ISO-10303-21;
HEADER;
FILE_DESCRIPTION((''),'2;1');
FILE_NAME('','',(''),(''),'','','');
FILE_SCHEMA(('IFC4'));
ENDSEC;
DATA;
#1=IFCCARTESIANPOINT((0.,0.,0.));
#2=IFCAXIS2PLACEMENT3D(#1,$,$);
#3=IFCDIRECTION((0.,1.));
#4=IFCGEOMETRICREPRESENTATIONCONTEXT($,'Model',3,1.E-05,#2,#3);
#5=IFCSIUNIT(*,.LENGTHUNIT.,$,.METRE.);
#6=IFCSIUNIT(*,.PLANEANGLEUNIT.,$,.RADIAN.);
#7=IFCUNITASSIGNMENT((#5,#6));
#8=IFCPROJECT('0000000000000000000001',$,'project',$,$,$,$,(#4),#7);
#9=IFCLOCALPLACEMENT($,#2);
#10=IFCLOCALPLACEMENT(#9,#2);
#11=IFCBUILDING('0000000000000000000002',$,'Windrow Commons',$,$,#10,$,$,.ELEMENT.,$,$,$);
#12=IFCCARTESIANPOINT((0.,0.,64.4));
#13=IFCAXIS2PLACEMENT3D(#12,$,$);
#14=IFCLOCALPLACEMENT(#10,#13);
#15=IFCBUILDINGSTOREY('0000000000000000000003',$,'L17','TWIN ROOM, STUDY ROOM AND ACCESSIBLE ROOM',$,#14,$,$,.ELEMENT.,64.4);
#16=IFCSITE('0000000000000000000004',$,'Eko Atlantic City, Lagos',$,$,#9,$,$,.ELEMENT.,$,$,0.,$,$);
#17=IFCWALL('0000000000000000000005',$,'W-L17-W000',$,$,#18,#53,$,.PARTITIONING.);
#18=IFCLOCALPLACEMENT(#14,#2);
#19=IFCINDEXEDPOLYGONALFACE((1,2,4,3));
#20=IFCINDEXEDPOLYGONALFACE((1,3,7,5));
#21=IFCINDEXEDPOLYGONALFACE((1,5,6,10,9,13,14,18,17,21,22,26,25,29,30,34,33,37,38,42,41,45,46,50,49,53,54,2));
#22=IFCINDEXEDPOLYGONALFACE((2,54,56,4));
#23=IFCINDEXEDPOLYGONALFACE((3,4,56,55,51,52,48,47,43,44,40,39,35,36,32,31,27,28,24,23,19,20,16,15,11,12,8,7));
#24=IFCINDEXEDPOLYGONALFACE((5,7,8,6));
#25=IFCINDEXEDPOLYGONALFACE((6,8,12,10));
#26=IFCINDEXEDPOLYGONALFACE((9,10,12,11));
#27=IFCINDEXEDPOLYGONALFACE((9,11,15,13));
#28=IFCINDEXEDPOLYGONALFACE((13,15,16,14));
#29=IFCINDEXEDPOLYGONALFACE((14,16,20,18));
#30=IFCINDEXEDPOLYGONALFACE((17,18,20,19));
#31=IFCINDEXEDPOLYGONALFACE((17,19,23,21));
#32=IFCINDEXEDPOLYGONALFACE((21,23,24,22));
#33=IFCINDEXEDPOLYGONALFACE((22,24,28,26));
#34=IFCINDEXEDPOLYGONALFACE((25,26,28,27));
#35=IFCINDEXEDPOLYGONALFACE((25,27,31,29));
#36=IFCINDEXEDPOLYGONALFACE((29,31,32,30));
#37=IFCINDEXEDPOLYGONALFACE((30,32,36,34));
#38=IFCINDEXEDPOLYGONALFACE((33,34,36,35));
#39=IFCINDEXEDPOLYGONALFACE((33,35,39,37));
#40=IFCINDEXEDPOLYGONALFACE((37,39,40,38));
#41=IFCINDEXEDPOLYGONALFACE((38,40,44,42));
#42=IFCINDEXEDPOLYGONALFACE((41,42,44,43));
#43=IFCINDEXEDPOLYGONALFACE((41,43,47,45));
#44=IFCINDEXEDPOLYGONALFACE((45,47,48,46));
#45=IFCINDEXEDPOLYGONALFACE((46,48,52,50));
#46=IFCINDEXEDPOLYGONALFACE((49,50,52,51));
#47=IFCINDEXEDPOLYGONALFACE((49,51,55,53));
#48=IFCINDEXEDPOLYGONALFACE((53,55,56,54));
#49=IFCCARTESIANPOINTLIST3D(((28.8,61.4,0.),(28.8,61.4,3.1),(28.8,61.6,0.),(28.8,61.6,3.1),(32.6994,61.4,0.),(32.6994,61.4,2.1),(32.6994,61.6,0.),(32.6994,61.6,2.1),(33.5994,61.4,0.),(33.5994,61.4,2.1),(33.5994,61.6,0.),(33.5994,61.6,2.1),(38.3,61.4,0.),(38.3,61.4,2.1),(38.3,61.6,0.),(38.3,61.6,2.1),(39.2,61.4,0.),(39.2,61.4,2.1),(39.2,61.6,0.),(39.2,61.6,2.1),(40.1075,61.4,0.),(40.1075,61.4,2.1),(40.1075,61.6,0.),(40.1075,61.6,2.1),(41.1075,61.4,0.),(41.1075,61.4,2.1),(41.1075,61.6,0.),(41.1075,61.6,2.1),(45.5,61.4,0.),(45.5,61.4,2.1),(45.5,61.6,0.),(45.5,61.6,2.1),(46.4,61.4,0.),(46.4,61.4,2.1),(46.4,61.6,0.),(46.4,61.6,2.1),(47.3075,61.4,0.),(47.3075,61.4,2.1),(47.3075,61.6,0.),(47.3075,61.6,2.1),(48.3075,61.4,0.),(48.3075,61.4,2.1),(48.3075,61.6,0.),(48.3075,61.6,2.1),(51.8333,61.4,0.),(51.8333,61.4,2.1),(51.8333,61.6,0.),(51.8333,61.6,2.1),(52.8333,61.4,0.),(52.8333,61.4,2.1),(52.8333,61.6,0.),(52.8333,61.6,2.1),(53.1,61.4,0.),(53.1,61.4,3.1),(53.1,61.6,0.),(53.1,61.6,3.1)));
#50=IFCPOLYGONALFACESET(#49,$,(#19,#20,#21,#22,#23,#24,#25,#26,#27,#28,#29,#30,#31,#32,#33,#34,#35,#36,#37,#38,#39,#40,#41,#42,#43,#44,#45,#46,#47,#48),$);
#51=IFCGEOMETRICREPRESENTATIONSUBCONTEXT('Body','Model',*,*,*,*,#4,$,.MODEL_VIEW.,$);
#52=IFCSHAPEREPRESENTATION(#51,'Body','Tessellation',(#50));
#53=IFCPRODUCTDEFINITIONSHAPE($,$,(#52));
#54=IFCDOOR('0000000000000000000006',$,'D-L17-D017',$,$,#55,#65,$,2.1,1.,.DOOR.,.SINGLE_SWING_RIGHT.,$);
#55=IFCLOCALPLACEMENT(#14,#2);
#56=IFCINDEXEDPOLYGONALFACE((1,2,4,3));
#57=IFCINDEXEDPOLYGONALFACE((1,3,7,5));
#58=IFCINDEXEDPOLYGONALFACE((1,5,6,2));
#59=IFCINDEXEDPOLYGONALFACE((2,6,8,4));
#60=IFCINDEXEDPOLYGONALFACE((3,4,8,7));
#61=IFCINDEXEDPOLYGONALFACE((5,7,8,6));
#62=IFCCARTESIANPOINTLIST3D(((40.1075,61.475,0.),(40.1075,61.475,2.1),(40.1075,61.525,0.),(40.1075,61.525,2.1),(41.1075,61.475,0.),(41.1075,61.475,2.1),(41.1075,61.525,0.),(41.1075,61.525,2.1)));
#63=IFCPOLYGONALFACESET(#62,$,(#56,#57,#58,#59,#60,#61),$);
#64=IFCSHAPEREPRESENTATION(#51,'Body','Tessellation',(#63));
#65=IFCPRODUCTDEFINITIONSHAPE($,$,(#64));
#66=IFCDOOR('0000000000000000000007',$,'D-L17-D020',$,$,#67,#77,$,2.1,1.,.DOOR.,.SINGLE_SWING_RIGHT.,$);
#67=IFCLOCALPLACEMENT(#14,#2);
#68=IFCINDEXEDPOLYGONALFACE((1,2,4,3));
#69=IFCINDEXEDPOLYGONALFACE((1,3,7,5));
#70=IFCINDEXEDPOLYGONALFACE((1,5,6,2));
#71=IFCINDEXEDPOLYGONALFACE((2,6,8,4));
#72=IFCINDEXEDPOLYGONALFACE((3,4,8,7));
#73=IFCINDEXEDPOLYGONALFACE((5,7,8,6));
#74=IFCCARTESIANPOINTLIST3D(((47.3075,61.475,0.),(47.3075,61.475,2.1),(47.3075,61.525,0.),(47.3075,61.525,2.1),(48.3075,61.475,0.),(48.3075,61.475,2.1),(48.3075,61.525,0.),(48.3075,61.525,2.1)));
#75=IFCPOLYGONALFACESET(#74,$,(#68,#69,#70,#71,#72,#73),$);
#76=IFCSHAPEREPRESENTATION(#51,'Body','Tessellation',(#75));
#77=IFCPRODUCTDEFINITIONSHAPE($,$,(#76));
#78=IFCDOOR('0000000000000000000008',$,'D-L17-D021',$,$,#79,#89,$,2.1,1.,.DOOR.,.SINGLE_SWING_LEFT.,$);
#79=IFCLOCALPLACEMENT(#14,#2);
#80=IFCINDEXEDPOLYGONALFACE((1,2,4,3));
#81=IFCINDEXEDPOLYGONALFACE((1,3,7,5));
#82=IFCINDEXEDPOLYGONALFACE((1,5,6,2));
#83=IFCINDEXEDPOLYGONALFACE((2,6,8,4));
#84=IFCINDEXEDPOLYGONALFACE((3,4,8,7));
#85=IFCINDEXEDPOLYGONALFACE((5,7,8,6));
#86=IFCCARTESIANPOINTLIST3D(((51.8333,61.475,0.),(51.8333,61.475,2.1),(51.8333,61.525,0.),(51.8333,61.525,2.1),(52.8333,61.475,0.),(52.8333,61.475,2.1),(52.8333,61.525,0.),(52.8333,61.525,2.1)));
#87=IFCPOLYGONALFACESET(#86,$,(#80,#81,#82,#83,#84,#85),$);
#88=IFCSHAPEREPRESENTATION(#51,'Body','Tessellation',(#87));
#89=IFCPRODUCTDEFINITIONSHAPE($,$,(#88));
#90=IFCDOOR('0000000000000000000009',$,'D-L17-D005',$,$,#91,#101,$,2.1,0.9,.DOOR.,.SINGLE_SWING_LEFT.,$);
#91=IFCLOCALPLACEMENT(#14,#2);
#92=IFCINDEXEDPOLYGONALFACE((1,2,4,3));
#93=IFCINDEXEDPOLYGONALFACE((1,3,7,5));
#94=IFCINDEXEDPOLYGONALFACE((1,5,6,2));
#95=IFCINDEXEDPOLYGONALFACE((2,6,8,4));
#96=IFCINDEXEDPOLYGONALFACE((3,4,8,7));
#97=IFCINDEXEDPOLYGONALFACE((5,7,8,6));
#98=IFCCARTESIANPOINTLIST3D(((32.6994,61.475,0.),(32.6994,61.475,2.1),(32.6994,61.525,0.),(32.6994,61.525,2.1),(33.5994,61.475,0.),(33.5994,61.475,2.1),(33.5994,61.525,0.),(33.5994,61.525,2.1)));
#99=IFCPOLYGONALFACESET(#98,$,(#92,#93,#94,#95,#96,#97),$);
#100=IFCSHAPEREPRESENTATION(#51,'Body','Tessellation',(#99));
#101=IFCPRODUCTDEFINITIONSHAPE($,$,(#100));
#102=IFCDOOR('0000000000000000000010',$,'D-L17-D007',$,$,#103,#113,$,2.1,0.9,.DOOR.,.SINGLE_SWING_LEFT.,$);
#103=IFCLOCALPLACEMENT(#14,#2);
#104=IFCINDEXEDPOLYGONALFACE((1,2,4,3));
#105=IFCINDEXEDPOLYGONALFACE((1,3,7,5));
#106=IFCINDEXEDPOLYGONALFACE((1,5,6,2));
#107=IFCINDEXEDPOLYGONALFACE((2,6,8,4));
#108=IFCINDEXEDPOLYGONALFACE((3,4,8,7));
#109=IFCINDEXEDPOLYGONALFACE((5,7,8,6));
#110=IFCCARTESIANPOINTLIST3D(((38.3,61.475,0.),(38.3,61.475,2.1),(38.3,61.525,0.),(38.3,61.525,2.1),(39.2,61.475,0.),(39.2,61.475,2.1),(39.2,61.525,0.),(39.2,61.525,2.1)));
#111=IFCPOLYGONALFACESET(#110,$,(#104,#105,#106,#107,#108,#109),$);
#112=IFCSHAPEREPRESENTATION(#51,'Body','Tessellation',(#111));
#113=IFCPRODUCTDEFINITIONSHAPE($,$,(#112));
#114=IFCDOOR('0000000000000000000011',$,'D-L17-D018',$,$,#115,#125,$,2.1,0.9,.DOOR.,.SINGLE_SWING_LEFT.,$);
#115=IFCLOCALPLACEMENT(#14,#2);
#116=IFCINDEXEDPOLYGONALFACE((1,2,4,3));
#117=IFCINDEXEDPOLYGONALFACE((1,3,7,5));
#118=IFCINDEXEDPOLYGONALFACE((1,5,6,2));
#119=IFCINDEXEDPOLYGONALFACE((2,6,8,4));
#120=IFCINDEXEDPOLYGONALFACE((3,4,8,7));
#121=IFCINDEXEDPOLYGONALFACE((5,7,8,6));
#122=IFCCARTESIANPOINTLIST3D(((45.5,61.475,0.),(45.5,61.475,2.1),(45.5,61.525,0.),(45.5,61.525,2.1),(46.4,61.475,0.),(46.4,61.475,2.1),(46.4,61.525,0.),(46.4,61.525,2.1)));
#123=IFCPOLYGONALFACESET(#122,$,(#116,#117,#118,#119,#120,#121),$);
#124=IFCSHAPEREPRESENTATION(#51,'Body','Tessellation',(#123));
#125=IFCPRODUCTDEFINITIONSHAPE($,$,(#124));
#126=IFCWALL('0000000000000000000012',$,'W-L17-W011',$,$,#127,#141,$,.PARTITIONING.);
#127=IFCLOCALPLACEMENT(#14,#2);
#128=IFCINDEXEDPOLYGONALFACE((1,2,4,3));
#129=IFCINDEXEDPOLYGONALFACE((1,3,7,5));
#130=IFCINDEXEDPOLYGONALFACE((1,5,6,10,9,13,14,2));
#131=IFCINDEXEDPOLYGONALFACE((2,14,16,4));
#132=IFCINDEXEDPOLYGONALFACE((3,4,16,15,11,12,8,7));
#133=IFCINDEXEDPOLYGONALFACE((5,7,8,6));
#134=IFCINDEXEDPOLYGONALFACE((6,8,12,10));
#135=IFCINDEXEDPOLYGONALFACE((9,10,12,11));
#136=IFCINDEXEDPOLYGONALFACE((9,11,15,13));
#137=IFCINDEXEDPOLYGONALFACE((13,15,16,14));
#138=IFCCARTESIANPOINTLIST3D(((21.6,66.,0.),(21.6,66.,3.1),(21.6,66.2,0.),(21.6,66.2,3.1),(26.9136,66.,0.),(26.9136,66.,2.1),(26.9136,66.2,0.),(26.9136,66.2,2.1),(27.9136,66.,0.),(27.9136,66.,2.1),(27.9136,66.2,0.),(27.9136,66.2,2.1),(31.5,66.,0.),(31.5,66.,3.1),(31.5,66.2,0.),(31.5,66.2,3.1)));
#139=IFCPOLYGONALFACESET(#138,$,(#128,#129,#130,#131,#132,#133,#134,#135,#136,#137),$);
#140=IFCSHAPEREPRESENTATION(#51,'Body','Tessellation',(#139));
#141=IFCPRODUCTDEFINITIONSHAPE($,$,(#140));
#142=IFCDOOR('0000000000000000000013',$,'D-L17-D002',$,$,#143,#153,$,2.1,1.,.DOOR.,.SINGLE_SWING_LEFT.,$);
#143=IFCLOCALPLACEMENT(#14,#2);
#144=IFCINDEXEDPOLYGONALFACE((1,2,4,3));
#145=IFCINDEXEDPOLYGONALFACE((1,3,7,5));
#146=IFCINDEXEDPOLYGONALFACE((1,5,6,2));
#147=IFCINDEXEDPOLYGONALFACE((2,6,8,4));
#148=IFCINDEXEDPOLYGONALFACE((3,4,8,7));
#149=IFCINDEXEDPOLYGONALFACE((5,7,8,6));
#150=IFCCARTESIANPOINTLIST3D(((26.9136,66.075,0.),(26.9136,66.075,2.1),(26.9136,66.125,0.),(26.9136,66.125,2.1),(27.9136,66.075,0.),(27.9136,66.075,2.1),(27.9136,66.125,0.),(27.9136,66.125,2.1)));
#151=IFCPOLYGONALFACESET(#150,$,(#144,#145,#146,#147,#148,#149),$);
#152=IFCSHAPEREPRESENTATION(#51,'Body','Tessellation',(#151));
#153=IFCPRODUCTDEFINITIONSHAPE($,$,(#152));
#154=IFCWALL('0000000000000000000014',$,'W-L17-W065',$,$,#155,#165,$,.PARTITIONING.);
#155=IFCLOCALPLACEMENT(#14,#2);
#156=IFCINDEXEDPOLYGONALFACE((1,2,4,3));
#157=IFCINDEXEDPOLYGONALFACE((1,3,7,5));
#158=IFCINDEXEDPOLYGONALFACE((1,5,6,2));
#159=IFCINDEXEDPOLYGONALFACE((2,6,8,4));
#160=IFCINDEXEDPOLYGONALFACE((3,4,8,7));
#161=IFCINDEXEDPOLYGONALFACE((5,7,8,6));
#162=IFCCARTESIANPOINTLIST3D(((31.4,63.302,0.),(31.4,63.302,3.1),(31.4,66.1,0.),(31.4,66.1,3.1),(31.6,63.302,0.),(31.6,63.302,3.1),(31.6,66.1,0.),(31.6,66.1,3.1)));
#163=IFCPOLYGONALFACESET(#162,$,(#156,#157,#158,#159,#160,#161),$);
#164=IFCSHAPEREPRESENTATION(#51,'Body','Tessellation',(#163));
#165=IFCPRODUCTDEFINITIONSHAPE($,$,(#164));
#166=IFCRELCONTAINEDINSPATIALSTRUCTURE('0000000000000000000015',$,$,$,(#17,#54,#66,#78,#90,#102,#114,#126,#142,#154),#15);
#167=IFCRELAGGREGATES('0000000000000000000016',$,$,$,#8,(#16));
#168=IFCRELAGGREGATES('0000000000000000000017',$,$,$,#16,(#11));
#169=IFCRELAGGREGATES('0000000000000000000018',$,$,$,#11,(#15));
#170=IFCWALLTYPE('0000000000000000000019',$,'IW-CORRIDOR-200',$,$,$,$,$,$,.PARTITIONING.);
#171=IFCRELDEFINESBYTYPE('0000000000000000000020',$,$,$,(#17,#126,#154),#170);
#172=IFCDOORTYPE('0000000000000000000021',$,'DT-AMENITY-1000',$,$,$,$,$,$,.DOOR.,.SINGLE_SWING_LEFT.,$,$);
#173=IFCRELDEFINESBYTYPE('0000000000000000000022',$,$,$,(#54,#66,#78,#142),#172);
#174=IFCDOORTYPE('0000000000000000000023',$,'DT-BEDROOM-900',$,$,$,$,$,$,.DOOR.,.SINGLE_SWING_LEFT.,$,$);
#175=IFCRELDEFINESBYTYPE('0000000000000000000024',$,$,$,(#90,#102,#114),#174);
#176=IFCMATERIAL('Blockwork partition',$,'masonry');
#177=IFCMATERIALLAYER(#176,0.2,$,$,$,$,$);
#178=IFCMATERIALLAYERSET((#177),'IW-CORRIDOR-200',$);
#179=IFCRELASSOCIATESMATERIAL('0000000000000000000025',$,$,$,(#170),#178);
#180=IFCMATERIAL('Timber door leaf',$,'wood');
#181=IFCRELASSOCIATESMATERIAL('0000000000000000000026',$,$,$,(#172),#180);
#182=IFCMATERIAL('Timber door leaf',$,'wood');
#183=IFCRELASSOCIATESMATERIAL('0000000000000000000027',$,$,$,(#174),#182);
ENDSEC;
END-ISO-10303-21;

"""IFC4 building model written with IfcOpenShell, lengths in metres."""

from ifc_helpers import new_model, si_unit, direction, frame, frame_2d, origin, place, context, subcontext, project, spatial, rectangle, extrude, material, layer, layer_set, type_object, element, fill, save


model = new_model("IFC4")

# Units and contexts
model_context = context("Model", 3, precision=1e-05, world=origin(), true_north=direction((0.0, 1.0)))
body_context = subcontext(model_context, "Body", "Model", "MODEL_VIEW")
ifc_project = project(units=[si_unit("LENGTHUNIT", "METRE"), si_unit("PLANEANGLEUNIT", "RADIAN")], contexts=[model_context])

# Site, building, storey
site_placement = place(None, origin())
site = spatial("IfcSite", under=ifc_project, at=site_placement, Name="Eko Atlantic City, Lagos", CompositionType="ELEMENT", RefElevation=0.0)
building_placement = place(site_placement, origin())
building = spatial("IfcBuilding", under=site, at=building_placement, Name="Windrow Commons", CompositionType="ELEMENT")
storey_placement = place(building_placement, frame((0.0, 0.0, 64.4)))
storey = spatial("IfcBuildingStorey", under=building, at=storey_placement, Name="L17", Description="TWIN ROOM, STUDY ROOM AND ACCESSIBLE ROOM", CompositionType="ELEMENT", Elevation=64.4)

# Wall, openings, doors
ifc_material_1 = material(Name="Blockwork partition", Category="masonry")
ifc_layer_1 = layer(ifc_material_1, 0.2)
ifc_layer_set_1 = layer_set([ifc_layer_1], Name="IW-CORRIDOR-200")
wall_type_1 = type_object("IfcWallType", Name="IW-CORRIDOR-200", PredefinedType="PARTITIONING", material=ifc_layer_set_1)
wall_1_placement = place(storey_placement, frame((28.8, 61.5, 0.0), z_axis=(0.0, 0.0, 1.0), x_axis=(1.0, 0.0, 0.0)))
wall_1 = element("IfcWall", 1, at=wall_1_placement, inside=storey, type_object=wall_type_1, Name="W-L17-W000", PredefinedType="PARTITIONING", context=body_context, shape_type="SweptSolid", body=[
    extrude(rectangle(XDim=24.3, YDim=0.2, at=frame_2d((12.15, 0.0))), origin(), (0.0, 0.0, 1.0), 3.1),
])
opening_1_placement = place(wall_1_placement, frame((3.8994, 0.0, 0.0)))
opening_1 = element("IfcOpeningElement", 2, at=opening_1_placement, cuts=wall_1, PredefinedType="OPENING", context=body_context, shape_type="SweptSolid", body=[
    extrude(rectangle(XDim=0.9, YDim=2.1, at=frame_2d((0.45, 1.05))), frame((0.0, 0.11, 0.0), z_axis=(0.0, -1.0, 0.0), x_axis=(1.0, 0.0, 0.0)), (0.0, 0.0, 1.0), 0.22),
])
opening_2_placement = place(wall_1_placement, frame((9.5, 0.0, 0.0)))
opening_2 = element("IfcOpeningElement", 3, at=opening_2_placement, cuts=wall_1, PredefinedType="OPENING", context=body_context, shape_type="SweptSolid", body=[
    extrude(rectangle(XDim=0.9, YDim=2.1, at=frame_2d((0.45, 1.05))), frame((0.0, 0.11, 0.0), z_axis=(0.0, -1.0, 0.0), x_axis=(1.0, 0.0, 0.0)), (0.0, 0.0, 1.0), 0.22),
])
opening_3_placement = place(wall_1_placement, frame((11.3075, 0.0, 0.0)))
opening_3 = element("IfcOpeningElement", 4, at=opening_3_placement, cuts=wall_1, PredefinedType="OPENING", context=body_context, shape_type="SweptSolid", body=[
    extrude(rectangle(XDim=1.0, YDim=2.1, at=frame_2d((0.5, 1.05))), frame((0.0, 0.11, 0.0), z_axis=(0.0, -1.0, 0.0), x_axis=(1.0, 0.0, 0.0)), (0.0, 0.0, 1.0), 0.22),
])
opening_4_placement = place(wall_1_placement, frame((16.7, 0.0, 0.0)))
opening_4 = element("IfcOpeningElement", 5, at=opening_4_placement, cuts=wall_1, PredefinedType="OPENING", context=body_context, shape_type="SweptSolid", body=[
    extrude(rectangle(XDim=0.9, YDim=2.1, at=frame_2d((0.45, 1.05))), frame((0.0, 0.11, 0.0), z_axis=(0.0, -1.0, 0.0), x_axis=(1.0, 0.0, 0.0)), (0.0, 0.0, 1.0), 0.22),
])
opening_5_placement = place(wall_1_placement, frame((18.5075, 0.0, 0.0)))
opening_5 = element("IfcOpeningElement", 6, at=opening_5_placement, cuts=wall_1, PredefinedType="OPENING", context=body_context, shape_type="SweptSolid", body=[
    extrude(rectangle(XDim=1.0, YDim=2.1, at=frame_2d((0.5, 1.05))), frame((0.0, 0.11, 0.0), z_axis=(0.0, -1.0, 0.0), x_axis=(1.0, 0.0, 0.0)), (0.0, 0.0, 1.0), 0.22),
])
opening_6_placement = place(wall_1_placement, frame((23.0333, 0.0, 0.0)))
opening_6 = element("IfcOpeningElement", 7, at=opening_6_placement, cuts=wall_1, PredefinedType="OPENING", context=body_context, shape_type="SweptSolid", body=[
    extrude(rectangle(XDim=1.0, YDim=2.1, at=frame_2d((0.5, 1.05))), frame((0.0, 0.11, 0.0), z_axis=(0.0, -1.0, 0.0), x_axis=(1.0, 0.0, 0.0)), (0.0, 0.0, 1.0), 0.22),
])
ifc_material_2 = material(Name="Timber door leaf", Category="wood")
door_type_1 = type_object("IfcDoorType", Name="DT-AMENITY-1000", OperationType="SINGLE_SWING_LEFT", PredefinedType="DOOR", material=ifc_material_2)
door_1_placement = place(opening_3_placement, origin())
door_1 = element("IfcDoor", 8, at=door_1_placement, inside=storey, type_object=door_type_1, Name="D-L17-D017", OperationType="SINGLE_SWING_RIGHT", OverallHeight=2.1, OverallWidth=1.0, PredefinedType="DOOR", context=body_context, shape_type="SweptSolid", body=[
    extrude(rectangle(XDim=1.0, YDim=2.1, at=frame_2d((0.5, 1.05))), frame((0.0, 0.025, 0.0), z_axis=(0.0, -1.0, 0.0), x_axis=(1.0, 0.0, 0.0)), (0.0, 0.0, 1.0), 0.05),
])
fill(opening_3, door_1)
door_2_placement = place(opening_5_placement, origin())
door_2 = element("IfcDoor", 9, at=door_2_placement, inside=storey, type_object=door_type_1, Name="D-L17-D020", OperationType="SINGLE_SWING_RIGHT", OverallHeight=2.1, OverallWidth=1.0, PredefinedType="DOOR", context=body_context, shape_type="SweptSolid", body=[
    extrude(rectangle(XDim=1.0, YDim=2.1, at=frame_2d((0.5, 1.05))), frame((0.0, 0.025, 0.0), z_axis=(0.0, -1.0, 0.0), x_axis=(1.0, 0.0, 0.0)), (0.0, 0.0, 1.0), 0.05),
])
fill(opening_5, door_2)
door_3_placement = place(opening_6_placement, origin())
door_3 = element("IfcDoor", 10, at=door_3_placement, inside=storey, type_object=door_type_1, Name="D-L17-D021", OperationType="SINGLE_SWING_LEFT", OverallHeight=2.1, OverallWidth=1.0, PredefinedType="DOOR", context=body_context, shape_type="SweptSolid", body=[
    extrude(rectangle(XDim=1.0, YDim=2.1, at=frame_2d((0.5, 1.05))), frame((0.0, 0.025, 0.0), z_axis=(0.0, -1.0, 0.0), x_axis=(1.0, 0.0, 0.0)), (0.0, 0.0, 1.0), 0.05),
])
fill(opening_6, door_3)
ifc_material_3 = material(Name="Timber door leaf", Category="wood")
door_type_2 = type_object("IfcDoorType", Name="DT-BEDROOM-900", OperationType="SINGLE_SWING_LEFT", PredefinedType="DOOR", material=ifc_material_3)
door_4_placement = place(opening_1_placement, origin())
door_4 = element("IfcDoor", 11, at=door_4_placement, inside=storey, type_object=door_type_2, Name="D-L17-D005", OperationType="SINGLE_SWING_LEFT", OverallHeight=2.1, OverallWidth=0.9, PredefinedType="DOOR", context=body_context, shape_type="SweptSolid", body=[
    extrude(rectangle(XDim=0.9, YDim=2.1, at=frame_2d((0.45, 1.05))), frame((0.0, 0.025, 0.0), z_axis=(0.0, -1.0, 0.0), x_axis=(1.0, 0.0, 0.0)), (0.0, 0.0, 1.0), 0.05),
])
fill(opening_1, door_4)
door_5_placement = place(opening_2_placement, origin())
door_5 = element("IfcDoor", 12, at=door_5_placement, inside=storey, type_object=door_type_2, Name="D-L17-D007", OperationType="SINGLE_SWING_LEFT", OverallHeight=2.1, OverallWidth=0.9, PredefinedType="DOOR", context=body_context, shape_type="SweptSolid", body=[
    extrude(rectangle(XDim=0.9, YDim=2.1, at=frame_2d((0.45, 1.05))), frame((0.0, 0.025, 0.0), z_axis=(0.0, -1.0, 0.0), x_axis=(1.0, 0.0, 0.0)), (0.0, 0.0, 1.0), 0.05),
])
fill(opening_2, door_5)
door_6_placement = place(opening_4_placement, origin())
door_6 = element("IfcDoor", 13, at=door_6_placement, inside=storey, type_object=door_type_2, Name="D-L17-D018", OperationType="SINGLE_SWING_LEFT", OverallHeight=2.1, OverallWidth=0.9, PredefinedType="DOOR", context=body_context, shape_type="SweptSolid", body=[
    extrude(rectangle(XDim=0.9, YDim=2.1, at=frame_2d((0.45, 1.05))), frame((0.0, 0.025, 0.0), z_axis=(0.0, -1.0, 0.0), x_axis=(1.0, 0.0, 0.0)), (0.0, 0.0, 1.0), 0.05),
])
fill(opening_4, door_6)

# Wall, opening, door
wall_2_placement = place(storey_placement, frame((21.6, 66.1, 0.0), z_axis=(0.0, 0.0, 1.0), x_axis=(1.0, 0.0, 0.0)))
wall_2 = element("IfcWall", 14, at=wall_2_placement, inside=storey, type_object=wall_type_1, Name="W-L17-W011", PredefinedType="PARTITIONING", context=body_context, shape_type="SweptSolid", body=[
    extrude(rectangle(XDim=9.9, YDim=0.2, at=frame_2d((4.95, 0.0))), origin(), (0.0, 0.0, 1.0), 3.1),
])
opening_7_placement = place(wall_2_placement, frame((5.3136, 0.0, 0.0)))
opening_7 = element("IfcOpeningElement", 15, at=opening_7_placement, cuts=wall_2, PredefinedType="OPENING", context=body_context, shape_type="SweptSolid", body=[
    extrude(rectangle(XDim=1.0, YDim=2.1, at=frame_2d((0.5, 1.05))), frame((0.0, 0.11, 0.0), z_axis=(0.0, -1.0, 0.0), x_axis=(1.0, 0.0, 0.0)), (0.0, 0.0, 1.0), 0.22),
])
door_7_placement = place(opening_7_placement, origin())
door_7 = element("IfcDoor", 16, at=door_7_placement, inside=storey, type_object=door_type_1, Name="D-L17-D002", OperationType="SINGLE_SWING_LEFT", OverallHeight=2.1, OverallWidth=1.0, PredefinedType="DOOR", context=body_context, shape_type="SweptSolid", body=[
    extrude(rectangle(XDim=1.0, YDim=2.1, at=frame_2d((0.5, 1.05))), frame((0.0, 0.025, 0.0), z_axis=(0.0, -1.0, 0.0), x_axis=(1.0, 0.0, 0.0)), (0.0, 0.0, 1.0), 0.05),
])
fill(opening_7, door_7)

# Wall
wall_3_placement = place(storey_placement, frame((31.5, 63.302, 0.0), z_axis=(0.0, 0.0, 1.0), x_axis=(0.0, 1.0, 0.0)))
element("IfcWall", 17, at=wall_3_placement, inside=storey, type_object=wall_type_1, Name="W-L17-W065", PredefinedType="PARTITIONING", context=body_context, shape_type="SweptSolid", body=[
    extrude(rectangle(XDim=2.798, YDim=0.2, at=frame_2d((1.399, 0.0))), origin(), (0.0, 0.0, 1.0), 3.1),
])

save(model, "model.ifc")
